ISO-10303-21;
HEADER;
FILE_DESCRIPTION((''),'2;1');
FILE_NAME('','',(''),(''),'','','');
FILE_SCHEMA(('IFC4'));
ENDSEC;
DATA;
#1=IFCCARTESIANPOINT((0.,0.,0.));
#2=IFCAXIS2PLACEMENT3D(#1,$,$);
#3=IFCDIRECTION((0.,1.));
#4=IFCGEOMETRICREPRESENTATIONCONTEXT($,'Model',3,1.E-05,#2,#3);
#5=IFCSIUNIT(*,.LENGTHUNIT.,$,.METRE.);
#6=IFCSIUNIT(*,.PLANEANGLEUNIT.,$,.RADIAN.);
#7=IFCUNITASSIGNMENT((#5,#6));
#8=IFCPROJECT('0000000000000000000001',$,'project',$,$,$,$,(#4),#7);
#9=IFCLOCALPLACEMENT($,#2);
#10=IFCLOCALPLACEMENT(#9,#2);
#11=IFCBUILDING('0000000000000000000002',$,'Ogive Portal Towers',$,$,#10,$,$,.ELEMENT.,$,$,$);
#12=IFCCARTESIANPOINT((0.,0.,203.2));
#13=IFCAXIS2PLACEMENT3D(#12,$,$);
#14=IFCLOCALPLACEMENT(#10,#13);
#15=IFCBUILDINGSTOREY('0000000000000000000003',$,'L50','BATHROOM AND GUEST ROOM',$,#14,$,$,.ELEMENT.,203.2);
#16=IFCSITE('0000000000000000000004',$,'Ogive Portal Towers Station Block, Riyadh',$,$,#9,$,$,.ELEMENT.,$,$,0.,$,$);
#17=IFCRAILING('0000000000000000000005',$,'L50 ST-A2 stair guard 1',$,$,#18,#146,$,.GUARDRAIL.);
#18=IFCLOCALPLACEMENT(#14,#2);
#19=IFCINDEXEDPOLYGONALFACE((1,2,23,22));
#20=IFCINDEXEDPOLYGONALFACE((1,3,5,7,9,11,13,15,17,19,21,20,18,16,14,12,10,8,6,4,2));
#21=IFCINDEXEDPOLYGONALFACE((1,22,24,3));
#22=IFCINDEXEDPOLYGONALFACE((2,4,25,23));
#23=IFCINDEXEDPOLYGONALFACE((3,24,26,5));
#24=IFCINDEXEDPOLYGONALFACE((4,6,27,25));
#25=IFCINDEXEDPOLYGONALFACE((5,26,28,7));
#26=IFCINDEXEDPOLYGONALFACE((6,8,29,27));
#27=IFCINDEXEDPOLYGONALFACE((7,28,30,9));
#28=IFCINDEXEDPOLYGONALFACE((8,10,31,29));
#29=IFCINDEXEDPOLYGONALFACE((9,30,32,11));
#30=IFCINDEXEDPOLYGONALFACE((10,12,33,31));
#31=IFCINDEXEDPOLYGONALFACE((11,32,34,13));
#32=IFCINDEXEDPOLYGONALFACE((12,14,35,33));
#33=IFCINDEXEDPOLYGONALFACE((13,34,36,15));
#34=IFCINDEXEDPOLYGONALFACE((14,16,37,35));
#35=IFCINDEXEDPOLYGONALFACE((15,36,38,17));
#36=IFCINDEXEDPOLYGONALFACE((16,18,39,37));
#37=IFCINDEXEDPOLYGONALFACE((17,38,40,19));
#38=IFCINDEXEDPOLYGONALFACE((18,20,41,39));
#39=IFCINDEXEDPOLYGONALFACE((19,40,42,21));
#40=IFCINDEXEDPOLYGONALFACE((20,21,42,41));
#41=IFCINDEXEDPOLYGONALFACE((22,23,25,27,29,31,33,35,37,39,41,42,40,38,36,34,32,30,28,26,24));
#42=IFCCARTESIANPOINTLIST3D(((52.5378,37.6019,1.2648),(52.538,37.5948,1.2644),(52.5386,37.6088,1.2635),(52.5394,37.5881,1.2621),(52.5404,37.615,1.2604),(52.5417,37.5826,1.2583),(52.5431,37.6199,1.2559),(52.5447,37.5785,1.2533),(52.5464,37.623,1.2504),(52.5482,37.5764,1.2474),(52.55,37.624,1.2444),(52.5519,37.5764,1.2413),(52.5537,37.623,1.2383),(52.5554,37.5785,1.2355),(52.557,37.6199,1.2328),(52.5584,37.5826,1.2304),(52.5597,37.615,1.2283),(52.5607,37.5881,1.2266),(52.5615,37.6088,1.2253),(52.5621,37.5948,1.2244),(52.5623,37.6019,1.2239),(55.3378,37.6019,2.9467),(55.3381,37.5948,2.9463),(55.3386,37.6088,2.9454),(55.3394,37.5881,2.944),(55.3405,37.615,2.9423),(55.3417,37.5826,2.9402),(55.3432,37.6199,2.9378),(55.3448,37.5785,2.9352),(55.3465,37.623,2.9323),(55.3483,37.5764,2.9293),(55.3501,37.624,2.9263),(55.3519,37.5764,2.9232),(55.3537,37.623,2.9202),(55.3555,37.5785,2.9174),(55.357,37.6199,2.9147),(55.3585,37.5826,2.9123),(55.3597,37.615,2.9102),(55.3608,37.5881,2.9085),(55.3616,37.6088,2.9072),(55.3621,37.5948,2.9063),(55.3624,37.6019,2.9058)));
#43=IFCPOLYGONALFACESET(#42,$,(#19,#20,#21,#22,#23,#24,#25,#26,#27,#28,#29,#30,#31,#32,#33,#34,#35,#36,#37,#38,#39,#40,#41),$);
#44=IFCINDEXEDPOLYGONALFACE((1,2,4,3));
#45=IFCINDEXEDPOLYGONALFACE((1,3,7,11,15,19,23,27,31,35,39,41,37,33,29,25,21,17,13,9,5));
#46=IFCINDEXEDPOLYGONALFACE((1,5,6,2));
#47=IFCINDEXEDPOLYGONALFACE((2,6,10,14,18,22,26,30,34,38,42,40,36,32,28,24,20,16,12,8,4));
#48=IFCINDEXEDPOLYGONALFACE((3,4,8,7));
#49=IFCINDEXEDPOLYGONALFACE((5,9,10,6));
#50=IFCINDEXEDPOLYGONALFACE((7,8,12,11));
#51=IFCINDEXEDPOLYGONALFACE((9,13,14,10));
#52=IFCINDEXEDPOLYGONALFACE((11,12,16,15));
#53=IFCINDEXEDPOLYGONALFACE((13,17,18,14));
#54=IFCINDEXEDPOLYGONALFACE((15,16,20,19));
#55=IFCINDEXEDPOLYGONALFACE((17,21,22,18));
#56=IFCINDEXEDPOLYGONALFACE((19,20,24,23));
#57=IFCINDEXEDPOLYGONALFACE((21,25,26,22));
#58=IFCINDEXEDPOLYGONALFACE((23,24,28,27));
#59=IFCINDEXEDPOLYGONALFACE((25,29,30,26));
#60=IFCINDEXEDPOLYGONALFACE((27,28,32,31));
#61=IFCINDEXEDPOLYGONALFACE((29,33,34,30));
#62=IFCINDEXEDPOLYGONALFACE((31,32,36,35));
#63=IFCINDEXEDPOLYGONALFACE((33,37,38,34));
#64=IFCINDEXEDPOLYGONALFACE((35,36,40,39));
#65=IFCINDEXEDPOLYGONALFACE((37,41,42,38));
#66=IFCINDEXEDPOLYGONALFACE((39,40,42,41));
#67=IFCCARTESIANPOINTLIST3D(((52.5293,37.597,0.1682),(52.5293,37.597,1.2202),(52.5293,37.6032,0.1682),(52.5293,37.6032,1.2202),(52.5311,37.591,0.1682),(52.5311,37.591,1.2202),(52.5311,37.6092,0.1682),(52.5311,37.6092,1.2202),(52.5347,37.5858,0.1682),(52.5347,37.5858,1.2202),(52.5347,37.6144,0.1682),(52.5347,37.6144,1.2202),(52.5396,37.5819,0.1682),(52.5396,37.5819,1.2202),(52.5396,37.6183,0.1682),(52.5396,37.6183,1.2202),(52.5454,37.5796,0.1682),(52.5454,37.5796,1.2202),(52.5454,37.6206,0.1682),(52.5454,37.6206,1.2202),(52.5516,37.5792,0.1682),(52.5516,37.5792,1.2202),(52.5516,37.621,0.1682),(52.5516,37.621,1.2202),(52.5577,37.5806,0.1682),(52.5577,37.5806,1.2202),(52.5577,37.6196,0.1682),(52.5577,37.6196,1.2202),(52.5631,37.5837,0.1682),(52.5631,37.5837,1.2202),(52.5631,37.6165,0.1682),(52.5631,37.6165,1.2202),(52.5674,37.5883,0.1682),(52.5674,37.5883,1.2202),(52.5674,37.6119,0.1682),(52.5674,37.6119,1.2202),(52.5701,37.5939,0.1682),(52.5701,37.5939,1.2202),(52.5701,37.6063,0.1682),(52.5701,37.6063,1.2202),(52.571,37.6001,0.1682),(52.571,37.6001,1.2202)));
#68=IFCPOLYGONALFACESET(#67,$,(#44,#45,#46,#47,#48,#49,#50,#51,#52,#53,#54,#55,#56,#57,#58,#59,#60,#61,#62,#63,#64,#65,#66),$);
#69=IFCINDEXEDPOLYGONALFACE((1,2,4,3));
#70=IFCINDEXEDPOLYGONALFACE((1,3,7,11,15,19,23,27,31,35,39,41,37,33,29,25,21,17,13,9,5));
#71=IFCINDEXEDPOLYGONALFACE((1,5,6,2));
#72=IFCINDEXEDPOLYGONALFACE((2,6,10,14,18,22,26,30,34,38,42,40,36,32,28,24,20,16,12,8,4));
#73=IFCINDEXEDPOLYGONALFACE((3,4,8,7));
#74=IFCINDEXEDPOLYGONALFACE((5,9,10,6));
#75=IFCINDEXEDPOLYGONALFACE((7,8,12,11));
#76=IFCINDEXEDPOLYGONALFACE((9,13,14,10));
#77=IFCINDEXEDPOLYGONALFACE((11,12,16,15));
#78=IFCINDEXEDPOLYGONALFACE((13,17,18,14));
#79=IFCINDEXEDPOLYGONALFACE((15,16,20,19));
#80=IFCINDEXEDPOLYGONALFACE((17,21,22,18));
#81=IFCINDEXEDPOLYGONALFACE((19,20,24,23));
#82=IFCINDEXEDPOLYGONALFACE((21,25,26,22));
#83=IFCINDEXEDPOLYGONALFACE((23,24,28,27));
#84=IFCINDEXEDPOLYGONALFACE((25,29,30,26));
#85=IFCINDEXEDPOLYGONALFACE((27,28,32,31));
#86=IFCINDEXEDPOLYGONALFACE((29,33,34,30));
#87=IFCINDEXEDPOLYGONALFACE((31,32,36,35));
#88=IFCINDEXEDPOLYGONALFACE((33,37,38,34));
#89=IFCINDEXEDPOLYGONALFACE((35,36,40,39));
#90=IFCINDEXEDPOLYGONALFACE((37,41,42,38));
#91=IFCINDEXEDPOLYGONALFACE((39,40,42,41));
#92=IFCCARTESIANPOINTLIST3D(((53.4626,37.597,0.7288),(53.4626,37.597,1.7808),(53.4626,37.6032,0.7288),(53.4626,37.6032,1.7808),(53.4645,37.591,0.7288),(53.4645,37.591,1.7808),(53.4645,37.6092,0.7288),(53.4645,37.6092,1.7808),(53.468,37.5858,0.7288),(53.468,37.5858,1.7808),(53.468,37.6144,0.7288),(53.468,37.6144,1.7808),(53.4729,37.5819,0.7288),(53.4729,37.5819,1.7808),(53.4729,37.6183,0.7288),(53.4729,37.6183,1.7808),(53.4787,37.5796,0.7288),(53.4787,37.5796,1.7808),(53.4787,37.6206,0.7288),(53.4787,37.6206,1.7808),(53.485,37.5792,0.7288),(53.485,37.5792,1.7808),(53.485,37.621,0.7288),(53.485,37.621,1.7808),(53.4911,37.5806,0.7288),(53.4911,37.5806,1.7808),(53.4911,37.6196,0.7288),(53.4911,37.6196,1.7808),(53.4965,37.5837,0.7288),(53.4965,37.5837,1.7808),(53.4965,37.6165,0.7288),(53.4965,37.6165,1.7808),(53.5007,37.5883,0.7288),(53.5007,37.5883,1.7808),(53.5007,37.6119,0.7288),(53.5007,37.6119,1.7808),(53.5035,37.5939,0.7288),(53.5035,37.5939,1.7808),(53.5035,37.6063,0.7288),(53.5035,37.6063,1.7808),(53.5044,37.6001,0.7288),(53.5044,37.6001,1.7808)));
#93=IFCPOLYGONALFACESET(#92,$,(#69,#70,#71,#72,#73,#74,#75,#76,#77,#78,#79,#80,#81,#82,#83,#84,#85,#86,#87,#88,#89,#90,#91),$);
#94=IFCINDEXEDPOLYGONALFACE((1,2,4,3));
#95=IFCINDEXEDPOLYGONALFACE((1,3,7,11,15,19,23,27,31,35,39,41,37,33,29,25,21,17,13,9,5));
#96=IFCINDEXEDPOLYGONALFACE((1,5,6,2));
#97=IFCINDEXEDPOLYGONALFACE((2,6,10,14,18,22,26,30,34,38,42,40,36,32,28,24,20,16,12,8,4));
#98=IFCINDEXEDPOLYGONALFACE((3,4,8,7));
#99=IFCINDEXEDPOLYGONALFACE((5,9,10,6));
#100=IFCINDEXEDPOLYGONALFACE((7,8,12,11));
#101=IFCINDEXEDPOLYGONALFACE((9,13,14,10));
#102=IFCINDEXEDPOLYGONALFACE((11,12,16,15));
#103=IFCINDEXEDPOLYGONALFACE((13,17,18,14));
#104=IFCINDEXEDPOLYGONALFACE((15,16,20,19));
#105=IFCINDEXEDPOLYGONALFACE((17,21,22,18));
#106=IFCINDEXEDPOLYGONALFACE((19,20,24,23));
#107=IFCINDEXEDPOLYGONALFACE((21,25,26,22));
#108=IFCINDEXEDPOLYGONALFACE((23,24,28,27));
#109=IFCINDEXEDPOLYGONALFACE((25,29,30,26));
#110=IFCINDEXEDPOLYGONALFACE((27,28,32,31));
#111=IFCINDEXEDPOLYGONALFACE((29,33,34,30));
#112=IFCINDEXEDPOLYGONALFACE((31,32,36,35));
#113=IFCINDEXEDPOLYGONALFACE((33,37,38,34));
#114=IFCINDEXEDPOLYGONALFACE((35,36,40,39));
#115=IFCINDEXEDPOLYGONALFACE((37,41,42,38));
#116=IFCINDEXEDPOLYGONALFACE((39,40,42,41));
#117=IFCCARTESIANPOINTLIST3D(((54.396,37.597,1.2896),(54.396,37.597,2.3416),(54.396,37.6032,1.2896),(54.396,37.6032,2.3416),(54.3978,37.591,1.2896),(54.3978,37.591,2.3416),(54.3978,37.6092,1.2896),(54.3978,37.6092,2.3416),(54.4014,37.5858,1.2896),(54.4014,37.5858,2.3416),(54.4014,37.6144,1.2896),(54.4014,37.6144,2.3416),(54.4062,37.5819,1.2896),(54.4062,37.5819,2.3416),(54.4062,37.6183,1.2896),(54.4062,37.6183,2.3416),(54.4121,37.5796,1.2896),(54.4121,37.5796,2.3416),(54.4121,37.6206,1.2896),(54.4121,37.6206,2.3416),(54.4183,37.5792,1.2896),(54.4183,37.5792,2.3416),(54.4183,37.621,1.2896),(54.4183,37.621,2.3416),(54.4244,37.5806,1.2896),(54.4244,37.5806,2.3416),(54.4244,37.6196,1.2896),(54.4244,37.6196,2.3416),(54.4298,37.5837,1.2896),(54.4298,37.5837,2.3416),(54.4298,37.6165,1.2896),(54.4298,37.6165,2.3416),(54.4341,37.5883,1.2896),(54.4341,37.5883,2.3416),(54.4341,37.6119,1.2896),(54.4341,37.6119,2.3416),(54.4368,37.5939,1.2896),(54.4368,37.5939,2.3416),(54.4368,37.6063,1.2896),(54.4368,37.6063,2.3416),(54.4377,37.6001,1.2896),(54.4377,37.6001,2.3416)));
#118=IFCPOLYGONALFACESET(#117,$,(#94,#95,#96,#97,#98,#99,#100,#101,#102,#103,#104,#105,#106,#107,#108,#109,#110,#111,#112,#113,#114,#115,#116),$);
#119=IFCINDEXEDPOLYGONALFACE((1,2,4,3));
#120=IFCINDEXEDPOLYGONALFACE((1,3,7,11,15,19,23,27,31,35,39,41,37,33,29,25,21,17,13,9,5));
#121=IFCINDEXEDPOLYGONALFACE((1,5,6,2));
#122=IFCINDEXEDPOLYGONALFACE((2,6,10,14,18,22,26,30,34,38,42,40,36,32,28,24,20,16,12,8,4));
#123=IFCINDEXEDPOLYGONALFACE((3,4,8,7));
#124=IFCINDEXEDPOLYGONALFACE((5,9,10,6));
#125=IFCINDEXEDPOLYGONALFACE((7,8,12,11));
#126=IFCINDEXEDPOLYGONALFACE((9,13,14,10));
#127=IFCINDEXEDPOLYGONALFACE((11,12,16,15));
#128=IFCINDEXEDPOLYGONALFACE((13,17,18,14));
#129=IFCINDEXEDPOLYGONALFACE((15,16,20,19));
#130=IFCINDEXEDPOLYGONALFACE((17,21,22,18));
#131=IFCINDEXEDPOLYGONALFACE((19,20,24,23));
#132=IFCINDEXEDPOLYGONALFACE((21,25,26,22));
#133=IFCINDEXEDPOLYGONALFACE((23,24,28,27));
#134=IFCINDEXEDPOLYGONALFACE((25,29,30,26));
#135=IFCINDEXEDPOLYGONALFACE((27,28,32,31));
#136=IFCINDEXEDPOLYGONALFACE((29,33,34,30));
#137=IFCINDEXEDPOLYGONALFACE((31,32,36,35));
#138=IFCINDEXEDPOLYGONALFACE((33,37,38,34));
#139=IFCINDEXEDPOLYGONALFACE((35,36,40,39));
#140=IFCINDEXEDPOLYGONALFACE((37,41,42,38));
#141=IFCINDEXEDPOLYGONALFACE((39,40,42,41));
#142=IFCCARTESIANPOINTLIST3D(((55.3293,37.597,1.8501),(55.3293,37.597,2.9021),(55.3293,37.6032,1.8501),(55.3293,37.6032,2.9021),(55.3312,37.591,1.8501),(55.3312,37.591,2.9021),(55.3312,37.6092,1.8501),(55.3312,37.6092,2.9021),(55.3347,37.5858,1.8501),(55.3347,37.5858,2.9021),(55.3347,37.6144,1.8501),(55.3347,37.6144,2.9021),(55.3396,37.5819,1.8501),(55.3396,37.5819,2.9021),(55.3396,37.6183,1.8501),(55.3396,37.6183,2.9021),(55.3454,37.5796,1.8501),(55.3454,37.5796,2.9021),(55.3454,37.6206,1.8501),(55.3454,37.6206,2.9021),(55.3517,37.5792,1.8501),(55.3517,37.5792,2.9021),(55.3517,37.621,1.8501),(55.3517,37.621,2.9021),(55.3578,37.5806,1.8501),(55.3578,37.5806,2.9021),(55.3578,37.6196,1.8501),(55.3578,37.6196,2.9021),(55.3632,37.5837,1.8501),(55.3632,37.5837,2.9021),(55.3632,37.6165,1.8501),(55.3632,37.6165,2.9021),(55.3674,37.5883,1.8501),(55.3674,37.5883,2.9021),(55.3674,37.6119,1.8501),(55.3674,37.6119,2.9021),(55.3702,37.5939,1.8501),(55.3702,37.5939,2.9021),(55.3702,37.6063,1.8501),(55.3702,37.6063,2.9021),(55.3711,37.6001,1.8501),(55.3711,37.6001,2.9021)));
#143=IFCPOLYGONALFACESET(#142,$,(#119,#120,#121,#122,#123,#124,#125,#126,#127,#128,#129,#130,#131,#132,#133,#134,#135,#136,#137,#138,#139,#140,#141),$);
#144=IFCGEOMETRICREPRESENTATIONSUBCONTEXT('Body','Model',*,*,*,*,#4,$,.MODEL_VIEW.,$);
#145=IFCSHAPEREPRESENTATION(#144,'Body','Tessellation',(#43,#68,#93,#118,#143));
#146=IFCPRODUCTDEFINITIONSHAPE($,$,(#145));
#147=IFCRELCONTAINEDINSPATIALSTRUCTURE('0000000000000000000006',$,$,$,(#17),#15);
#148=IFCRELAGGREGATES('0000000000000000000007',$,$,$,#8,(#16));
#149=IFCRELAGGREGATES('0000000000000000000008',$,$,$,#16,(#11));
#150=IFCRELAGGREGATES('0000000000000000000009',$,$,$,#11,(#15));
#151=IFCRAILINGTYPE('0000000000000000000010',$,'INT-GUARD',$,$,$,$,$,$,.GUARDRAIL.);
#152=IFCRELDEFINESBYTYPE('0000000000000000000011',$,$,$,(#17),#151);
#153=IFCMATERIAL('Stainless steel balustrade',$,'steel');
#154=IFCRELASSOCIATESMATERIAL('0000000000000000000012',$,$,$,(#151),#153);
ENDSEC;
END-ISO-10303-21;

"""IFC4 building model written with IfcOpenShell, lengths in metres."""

from ifc_helpers import new_model, si_unit, direction, frame, origin, origin_2d, place, context, subcontext, project, spatial, circle, extrude, material, type_object, element, save


model = new_model("IFC4")

# Units and contexts
model_context = context("Model", 3, precision=1e-05, world=origin(), true_north=direction((0.0, 1.0)))
body_context = subcontext(model_context, "Body", "Model", "MODEL_VIEW")
ifc_project = project(units=[si_unit("LENGTHUNIT", "METRE"), si_unit("PLANEANGLEUNIT", "RADIAN")], contexts=[model_context])

# Site, building, storey
site_placement = place(None, origin())
site = spatial("IfcSite", under=ifc_project, at=site_placement, Name="Ogive Portal Towers Station Block, Riyadh", CompositionType="ELEMENT", RefElevation=0.0)
building_placement = place(site_placement, origin())
building = spatial("IfcBuilding", under=site, at=building_placement, Name="Ogive Portal Towers", CompositionType="ELEMENT")
storey_placement = place(building_placement, frame((0.0, 0.0, 203.2)))
storey = spatial("IfcBuildingStorey", under=building, at=storey_placement, Name="L50", Description="BATHROOM AND GUEST ROOM", CompositionType="ELEMENT", Elevation=203.2)

# Railing
ifc_material_1 = material(Name="Stainless steel balustrade", Category="steel")
railing_type_1 = type_object("IfcRailingType", Name="INT-GUARD", PredefinedType="GUARDRAIL", material=ifc_material_1)
railing_1_placement = place(storey_placement, frame((52.55, 37.6001, 0.1682)))
element("IfcRailing", 1, at=railing_1_placement, inside=storey, type_object=railing_type_1, Name="L50 ST-A2 stair guard 1", PredefinedType="GUARDRAIL", context=body_context, shape_type="SweptSolid", body=[
    extrude(circle(Radius=0.0239, at=origin_2d()), frame((0.0, 0.0, 1.0762), z_axis=(0.857242, 0.0, 0.514913), x_axis=(0.0, 1.0, 0.0)), (0.0, 0.0, 1.0), 3.2664),
    extrude(circle(Radius=0.021, at=origin_2d()), origin(), (0.0, 0.0, 1.0), 1.052),
    extrude(circle(Radius=0.021, at=origin_2d()), frame((0.9333, 0.0, 0.5605)), (0.0, 0.0, 1.0), 1.052),
    extrude(circle(Radius=0.021, at=origin_2d()), frame((1.8667, 0.0, 1.1213)), (0.0, 0.0, 1.0), 1.052),
    extrude(circle(Radius=0.021, at=origin_2d()), frame((2.8, 0.0, 1.6819)), (0.0, 0.0, 1.0), 1.052),
])

save(model, "model.ifc")
